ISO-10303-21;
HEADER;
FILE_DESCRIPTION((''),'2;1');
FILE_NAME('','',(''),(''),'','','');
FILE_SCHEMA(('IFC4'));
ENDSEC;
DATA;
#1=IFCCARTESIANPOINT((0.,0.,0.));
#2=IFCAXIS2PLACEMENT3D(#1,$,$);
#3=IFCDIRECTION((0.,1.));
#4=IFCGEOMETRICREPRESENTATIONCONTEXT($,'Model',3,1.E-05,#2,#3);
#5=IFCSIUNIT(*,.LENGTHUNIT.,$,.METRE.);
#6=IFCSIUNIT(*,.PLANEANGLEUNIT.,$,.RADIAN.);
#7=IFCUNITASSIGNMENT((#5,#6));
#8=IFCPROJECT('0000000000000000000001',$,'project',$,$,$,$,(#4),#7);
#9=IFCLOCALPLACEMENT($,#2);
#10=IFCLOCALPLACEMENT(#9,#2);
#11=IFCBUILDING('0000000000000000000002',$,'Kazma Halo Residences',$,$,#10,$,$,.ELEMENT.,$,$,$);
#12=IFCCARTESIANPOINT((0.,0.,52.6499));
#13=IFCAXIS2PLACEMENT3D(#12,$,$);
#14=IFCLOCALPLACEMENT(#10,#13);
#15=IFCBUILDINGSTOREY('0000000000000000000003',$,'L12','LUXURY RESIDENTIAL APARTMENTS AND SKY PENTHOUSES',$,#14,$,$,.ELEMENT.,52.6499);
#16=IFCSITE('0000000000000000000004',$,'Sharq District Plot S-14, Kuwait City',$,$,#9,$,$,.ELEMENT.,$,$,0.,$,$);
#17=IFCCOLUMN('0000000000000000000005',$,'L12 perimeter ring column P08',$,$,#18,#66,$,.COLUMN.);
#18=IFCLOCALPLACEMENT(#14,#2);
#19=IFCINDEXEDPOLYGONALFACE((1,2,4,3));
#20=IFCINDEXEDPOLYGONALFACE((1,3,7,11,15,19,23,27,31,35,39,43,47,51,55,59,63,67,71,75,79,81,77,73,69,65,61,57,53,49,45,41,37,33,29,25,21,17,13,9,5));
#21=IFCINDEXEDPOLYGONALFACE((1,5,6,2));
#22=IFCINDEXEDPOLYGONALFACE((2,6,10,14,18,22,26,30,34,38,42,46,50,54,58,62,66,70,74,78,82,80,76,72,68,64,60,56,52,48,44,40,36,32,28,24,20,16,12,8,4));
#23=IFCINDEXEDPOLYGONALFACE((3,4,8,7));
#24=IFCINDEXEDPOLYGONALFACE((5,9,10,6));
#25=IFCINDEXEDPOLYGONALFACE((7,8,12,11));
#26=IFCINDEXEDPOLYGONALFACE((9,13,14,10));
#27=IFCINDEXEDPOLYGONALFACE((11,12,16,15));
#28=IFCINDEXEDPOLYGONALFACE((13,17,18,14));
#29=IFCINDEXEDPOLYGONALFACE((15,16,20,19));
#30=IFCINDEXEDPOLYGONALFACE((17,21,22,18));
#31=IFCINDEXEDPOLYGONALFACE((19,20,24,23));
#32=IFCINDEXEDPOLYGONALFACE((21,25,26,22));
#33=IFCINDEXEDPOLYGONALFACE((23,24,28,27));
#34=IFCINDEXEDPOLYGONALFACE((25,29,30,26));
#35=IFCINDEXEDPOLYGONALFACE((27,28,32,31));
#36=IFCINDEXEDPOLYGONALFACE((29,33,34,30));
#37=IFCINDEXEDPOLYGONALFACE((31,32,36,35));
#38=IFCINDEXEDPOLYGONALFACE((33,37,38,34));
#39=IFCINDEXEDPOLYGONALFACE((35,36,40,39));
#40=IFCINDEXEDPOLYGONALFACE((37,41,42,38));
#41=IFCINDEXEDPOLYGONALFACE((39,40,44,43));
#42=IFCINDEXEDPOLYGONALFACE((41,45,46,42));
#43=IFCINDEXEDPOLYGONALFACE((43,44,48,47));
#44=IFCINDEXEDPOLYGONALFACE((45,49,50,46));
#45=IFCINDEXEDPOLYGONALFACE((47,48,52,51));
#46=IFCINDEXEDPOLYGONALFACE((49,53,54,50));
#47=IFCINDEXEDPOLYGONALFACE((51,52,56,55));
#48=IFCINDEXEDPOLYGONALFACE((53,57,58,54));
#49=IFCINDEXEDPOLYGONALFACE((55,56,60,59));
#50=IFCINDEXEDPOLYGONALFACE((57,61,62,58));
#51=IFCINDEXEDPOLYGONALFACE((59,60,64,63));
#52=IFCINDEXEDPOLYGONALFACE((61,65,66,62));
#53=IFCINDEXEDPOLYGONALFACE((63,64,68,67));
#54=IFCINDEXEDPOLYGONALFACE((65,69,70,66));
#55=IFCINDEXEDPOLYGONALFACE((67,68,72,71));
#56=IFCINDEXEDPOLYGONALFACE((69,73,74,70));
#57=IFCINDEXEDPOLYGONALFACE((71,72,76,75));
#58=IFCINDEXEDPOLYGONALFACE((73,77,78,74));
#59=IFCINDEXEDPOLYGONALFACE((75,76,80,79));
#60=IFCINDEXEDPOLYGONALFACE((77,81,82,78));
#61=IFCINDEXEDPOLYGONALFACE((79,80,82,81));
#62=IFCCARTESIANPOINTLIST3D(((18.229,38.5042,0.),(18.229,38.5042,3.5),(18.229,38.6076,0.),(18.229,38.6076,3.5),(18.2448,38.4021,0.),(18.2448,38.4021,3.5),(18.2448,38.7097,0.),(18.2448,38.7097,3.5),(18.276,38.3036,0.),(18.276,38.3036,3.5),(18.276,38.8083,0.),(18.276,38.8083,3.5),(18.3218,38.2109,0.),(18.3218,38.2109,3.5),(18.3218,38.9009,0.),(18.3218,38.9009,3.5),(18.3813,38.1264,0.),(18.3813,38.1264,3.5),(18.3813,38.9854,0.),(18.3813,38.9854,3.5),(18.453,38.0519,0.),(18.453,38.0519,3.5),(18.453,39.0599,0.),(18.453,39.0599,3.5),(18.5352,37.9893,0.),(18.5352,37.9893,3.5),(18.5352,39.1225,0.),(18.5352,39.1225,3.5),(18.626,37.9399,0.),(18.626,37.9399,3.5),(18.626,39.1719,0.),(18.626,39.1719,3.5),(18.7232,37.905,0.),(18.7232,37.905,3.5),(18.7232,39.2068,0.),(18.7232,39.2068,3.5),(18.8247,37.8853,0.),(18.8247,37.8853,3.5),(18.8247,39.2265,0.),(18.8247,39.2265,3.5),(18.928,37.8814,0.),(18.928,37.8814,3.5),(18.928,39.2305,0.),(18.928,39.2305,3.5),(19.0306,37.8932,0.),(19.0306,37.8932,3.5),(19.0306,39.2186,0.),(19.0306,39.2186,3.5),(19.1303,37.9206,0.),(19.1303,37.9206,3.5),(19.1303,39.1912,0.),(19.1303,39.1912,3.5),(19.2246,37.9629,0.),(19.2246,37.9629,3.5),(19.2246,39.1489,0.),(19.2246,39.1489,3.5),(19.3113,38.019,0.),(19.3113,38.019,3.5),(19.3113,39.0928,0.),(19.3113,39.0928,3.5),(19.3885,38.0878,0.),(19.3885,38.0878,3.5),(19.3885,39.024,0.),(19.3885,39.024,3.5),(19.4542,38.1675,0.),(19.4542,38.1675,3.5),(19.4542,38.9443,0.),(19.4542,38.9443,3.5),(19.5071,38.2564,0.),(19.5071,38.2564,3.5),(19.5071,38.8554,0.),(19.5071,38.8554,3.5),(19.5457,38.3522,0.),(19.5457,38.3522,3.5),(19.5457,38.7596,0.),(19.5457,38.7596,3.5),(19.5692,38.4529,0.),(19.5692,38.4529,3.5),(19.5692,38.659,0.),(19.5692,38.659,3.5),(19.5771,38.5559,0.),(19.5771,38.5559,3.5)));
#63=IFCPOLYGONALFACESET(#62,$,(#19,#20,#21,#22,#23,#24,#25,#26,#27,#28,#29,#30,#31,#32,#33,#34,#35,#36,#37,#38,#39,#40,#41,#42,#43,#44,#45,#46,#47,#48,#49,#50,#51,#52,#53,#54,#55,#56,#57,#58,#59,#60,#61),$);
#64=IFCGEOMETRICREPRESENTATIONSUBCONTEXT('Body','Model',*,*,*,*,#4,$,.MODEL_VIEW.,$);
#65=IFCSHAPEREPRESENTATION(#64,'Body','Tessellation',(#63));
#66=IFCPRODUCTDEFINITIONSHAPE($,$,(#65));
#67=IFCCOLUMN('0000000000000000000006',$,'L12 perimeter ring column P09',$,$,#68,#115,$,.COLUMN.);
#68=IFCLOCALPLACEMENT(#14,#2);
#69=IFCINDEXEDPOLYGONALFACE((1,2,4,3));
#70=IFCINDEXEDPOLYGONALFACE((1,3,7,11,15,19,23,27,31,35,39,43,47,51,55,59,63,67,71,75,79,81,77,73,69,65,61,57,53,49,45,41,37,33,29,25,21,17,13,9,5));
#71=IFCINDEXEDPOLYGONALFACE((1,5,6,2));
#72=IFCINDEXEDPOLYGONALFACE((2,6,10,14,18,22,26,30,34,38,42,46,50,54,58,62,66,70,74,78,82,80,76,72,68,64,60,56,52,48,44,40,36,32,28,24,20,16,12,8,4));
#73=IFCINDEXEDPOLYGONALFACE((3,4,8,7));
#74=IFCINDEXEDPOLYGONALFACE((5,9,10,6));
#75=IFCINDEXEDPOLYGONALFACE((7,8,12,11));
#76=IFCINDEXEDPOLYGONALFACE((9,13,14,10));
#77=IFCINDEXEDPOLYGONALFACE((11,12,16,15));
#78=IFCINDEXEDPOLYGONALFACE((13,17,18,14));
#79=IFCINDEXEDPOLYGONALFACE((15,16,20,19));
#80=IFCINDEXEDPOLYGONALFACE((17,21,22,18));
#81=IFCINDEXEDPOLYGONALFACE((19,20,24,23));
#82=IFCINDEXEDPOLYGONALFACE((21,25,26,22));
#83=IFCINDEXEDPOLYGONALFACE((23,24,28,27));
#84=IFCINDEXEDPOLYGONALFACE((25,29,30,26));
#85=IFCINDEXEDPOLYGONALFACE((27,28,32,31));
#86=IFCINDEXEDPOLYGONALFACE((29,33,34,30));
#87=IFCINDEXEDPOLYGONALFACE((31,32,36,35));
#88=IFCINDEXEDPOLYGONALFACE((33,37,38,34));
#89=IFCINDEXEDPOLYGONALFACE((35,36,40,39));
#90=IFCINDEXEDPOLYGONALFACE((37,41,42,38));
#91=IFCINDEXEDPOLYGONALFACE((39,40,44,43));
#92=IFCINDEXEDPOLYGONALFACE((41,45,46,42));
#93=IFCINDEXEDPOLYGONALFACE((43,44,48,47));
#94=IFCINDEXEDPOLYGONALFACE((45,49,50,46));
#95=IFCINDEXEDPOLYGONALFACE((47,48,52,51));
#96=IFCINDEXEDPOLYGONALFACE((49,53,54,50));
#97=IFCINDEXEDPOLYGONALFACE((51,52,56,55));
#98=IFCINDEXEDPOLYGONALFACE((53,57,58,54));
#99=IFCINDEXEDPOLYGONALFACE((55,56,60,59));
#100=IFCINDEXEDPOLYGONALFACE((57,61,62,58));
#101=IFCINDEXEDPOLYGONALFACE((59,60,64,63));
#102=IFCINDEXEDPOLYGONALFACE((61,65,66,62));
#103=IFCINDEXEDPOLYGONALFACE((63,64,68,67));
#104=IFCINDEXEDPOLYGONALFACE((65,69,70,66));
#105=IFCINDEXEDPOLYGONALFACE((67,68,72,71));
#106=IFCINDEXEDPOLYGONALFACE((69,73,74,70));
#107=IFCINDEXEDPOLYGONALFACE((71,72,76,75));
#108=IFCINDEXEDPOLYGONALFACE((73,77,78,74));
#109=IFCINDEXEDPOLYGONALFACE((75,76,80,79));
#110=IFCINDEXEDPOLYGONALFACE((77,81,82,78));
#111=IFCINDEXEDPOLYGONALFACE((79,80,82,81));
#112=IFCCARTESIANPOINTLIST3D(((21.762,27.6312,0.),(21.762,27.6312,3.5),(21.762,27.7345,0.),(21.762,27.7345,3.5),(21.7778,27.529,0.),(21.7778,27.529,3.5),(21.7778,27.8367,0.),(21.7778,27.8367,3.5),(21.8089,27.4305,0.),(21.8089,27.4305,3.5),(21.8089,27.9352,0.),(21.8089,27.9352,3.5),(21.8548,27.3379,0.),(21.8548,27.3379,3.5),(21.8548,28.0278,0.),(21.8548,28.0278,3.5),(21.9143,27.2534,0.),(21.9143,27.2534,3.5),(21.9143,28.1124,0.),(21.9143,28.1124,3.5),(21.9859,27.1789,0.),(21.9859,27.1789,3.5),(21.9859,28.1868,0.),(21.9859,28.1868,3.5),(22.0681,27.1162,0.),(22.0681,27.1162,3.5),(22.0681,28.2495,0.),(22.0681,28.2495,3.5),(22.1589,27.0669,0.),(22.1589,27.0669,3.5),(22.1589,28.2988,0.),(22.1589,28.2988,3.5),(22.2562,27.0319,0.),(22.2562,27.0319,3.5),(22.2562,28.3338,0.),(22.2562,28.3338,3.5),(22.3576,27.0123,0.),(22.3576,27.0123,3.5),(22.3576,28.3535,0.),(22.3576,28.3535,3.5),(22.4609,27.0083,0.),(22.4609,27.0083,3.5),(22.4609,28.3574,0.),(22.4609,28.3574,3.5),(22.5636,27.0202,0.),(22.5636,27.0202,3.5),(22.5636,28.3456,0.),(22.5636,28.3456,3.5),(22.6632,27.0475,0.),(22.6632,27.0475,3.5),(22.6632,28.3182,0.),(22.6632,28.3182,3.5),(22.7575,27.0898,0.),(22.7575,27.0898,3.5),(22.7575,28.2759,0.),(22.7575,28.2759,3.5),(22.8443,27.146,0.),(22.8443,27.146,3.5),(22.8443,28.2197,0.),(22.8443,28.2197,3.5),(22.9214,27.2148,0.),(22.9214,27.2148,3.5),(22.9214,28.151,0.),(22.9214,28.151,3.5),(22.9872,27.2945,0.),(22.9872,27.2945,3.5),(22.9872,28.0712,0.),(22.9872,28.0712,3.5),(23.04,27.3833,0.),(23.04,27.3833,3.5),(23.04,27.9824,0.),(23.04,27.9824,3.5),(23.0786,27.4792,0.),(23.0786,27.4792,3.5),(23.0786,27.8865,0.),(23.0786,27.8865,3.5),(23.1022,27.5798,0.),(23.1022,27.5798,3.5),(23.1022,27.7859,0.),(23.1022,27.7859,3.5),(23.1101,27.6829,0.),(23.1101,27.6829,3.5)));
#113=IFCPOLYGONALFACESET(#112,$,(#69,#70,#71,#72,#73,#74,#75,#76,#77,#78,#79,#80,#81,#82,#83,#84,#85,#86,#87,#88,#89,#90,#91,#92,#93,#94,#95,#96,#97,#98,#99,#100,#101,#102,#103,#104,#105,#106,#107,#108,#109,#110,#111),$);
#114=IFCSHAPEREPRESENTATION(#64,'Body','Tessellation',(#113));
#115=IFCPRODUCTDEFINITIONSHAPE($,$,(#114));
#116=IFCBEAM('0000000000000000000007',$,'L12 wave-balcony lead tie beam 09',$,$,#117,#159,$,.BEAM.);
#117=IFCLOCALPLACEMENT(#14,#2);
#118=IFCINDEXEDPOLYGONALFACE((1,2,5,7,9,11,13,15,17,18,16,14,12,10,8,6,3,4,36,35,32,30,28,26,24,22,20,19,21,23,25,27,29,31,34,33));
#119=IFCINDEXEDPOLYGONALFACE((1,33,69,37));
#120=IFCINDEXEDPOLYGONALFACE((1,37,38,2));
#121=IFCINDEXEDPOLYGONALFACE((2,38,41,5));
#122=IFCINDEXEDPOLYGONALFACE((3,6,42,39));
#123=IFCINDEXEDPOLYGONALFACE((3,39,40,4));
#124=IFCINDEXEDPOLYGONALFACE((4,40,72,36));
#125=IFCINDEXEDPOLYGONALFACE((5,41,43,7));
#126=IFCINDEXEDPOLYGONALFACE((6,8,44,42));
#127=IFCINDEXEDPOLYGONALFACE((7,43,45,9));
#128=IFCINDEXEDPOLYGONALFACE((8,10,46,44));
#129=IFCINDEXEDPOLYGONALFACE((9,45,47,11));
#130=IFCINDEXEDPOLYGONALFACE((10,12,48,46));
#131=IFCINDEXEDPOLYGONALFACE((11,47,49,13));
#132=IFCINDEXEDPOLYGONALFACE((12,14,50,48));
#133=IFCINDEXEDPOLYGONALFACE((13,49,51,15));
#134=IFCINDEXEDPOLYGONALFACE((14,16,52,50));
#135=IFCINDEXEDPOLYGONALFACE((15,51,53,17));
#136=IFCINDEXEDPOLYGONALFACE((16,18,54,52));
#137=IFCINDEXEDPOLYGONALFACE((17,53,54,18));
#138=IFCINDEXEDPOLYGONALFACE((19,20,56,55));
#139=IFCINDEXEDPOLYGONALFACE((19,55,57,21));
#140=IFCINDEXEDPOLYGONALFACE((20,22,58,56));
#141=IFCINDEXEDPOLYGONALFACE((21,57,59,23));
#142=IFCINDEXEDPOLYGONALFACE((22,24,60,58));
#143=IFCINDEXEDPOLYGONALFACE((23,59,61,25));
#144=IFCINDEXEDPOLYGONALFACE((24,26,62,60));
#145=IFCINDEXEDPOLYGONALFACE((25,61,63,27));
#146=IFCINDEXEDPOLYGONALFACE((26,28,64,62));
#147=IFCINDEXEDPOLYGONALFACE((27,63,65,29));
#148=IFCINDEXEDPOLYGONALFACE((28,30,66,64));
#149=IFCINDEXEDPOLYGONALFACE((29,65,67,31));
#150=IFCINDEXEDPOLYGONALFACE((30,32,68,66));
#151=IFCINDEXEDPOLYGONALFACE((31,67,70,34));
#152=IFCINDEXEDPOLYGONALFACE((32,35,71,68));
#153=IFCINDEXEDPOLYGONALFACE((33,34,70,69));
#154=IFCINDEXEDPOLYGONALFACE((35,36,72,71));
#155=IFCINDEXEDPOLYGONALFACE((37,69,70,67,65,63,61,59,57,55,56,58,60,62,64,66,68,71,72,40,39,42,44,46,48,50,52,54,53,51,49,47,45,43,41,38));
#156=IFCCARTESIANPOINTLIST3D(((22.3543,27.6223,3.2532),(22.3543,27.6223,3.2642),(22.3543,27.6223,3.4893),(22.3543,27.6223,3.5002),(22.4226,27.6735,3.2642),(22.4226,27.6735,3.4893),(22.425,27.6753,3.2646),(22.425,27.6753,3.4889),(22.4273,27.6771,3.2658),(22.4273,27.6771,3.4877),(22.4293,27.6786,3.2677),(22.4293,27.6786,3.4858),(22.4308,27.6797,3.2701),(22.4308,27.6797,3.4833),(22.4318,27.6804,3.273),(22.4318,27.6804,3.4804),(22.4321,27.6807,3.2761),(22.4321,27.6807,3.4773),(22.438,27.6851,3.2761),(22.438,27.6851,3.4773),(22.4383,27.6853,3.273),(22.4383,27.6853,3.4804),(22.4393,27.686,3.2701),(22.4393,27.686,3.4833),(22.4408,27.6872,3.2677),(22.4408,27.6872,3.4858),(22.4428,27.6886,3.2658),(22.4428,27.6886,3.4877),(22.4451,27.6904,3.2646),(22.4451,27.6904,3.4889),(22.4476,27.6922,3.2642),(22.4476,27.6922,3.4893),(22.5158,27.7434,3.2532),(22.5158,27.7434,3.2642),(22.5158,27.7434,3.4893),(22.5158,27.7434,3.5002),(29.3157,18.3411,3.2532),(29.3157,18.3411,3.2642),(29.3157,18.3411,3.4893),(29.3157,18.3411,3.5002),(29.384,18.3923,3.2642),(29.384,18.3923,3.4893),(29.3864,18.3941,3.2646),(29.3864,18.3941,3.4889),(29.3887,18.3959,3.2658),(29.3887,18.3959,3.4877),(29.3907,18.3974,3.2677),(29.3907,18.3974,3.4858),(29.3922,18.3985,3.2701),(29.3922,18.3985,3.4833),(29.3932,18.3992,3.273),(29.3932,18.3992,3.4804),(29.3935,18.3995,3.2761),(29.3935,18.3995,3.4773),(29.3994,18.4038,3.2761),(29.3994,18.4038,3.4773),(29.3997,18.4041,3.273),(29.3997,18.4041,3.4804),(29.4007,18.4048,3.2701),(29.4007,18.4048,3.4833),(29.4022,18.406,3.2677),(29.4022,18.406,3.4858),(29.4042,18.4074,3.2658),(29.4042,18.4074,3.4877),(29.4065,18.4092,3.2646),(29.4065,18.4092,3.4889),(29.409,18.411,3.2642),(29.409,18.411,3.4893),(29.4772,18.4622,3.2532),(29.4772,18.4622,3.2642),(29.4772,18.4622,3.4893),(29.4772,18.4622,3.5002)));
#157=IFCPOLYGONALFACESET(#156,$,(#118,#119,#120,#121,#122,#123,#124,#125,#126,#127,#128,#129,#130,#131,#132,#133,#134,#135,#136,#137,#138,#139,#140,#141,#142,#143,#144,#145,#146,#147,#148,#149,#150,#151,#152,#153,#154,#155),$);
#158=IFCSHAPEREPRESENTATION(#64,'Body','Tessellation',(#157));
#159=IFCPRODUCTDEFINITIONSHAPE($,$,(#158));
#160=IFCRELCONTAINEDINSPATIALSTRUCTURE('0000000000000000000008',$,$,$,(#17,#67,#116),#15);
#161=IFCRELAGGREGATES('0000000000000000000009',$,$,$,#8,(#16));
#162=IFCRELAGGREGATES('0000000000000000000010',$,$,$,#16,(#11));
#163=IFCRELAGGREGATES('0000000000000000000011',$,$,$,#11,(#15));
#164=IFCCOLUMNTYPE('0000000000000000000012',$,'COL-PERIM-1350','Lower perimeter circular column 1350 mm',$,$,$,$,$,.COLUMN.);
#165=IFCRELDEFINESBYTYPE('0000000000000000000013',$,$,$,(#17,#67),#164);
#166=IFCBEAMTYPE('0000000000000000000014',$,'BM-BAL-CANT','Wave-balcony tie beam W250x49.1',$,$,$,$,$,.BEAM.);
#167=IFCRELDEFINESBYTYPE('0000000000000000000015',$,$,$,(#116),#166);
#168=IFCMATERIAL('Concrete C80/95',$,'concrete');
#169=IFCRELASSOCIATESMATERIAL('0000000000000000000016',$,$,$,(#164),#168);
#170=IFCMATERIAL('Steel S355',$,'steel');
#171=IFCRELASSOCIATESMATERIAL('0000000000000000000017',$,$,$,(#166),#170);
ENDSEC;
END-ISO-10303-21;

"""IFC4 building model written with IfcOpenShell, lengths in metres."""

from ifc_helpers import new_model, si_unit, direction, frame, origin, origin_2d, place, context, subcontext, project, spatial, circle, i_section, extrude, material, material_profile, profile_set, type_object, element, save


model = new_model("IFC4")

# Units and contexts
model_context = context("Model", 3, precision=1e-05, world=origin(), true_north=direction((0.0, 1.0)))
body_context = subcontext(model_context, "Body", "Model", "MODEL_VIEW")
ifc_project = project(units=[si_unit("LENGTHUNIT", "METRE"), si_unit("PLANEANGLEUNIT", "RADIAN")], contexts=[model_context])

# Site, building, storey
site_placement = place(None, origin())
site = spatial("IfcSite", under=ifc_project, at=site_placement, Name="Sharq District Plot S-14, Kuwait City", CompositionType="ELEMENT", RefElevation=0.0)
building_placement = place(site_placement, origin())
building = spatial("IfcBuilding", under=site, at=building_placement, Name="Kazma Halo Residences", CompositionType="ELEMENT")
storey_placement = place(building_placement, frame((0.0, 0.0, 52.6499)))
storey = spatial("IfcBuildingStorey", under=building, at=storey_placement, Name="L12", Description="LUXURY RESIDENTIAL APARTMENTS AND SKY PENTHOUSES", CompositionType="ELEMENT", Elevation=52.6499)

# Columns
ifc_material_1 = material(Name="Concrete C80/95", Category="concrete")
ifc_material_profile_1 = material_profile(ifc_material_1, circle(Radius=0.675, at=origin_2d()), Name="CIRC1350")
ifc_profile_set_1 = profile_set([ifc_material_profile_1], Name="Concrete C80/95")
column_type = type_object("IfcColumnType", Name="COL-PERIM-1350", Description="Lower perimeter circular column 1350 mm", PredefinedType="COLUMN", material=ifc_profile_set_1)
for number, where, z_axis, x_axis, name in (
    (1, (18.9021, 38.5559, 0.0), (0.0, 0.0, 1.0), (1.0, 0.0, 0.0), "L12 perimeter ring column P08"),
    (2, (22.4351, 27.6829, 0.0), (0.0, 0.0, 1.0), (1.0, 0.0, 0.0), "L12 perimeter ring column P09"),
):
    element("IfcColumn", number, at=place(storey_placement, frame(where, z_axis=z_axis, x_axis=x_axis)), inside=storey, type_object=column_type, Name=name, PredefinedType="COLUMN", context=body_context, shape_type="SweptSolid", body=[
        extrude(circle(Radius=0.675, at=origin_2d()), origin(), (0.0, 0.0, 1.0), 3.5),
    ])

# Beam
ifc_material_2 = material(Name="Steel S355", Category="steel")
ifc_material_profile_2 = material_profile(ifc_material_2, i_section(OverallWidth=0.2019, OverallDepth=0.2471, WebThickness=0.0073, FlangeThickness=0.011, FilletRadius=0.012, at=origin_2d()), Name="W250x49.1")
ifc_profile_set_2 = profile_set([ifc_material_profile_2], Name="Steel S355")
beam_type_1 = type_object("IfcBeamType", Name="BM-BAL-CANT", Description="Wave-balcony tie beam W250x49.1", PredefinedType="BEAM", material=ifc_profile_set_2)
beam_1_placement = place(storey_placement, frame((22.4351, 27.6829, 3.3767), z_axis=(0.600027, -0.79998, 0.0), x_axis=(0.79998, 0.600027, 0.0)))
element("IfcBeam", 3, at=beam_1_placement, inside=storey, type_object=beam_type_1, Name="L12 wave-balcony lead tie beam 09", PredefinedType="BEAM", context=body_context, shape_type="SweptSolid", body=[
    extrude(i_section(OverallWidth=0.2019, OverallDepth=0.2471, WebThickness=0.0073, FlangeThickness=0.011, FilletRadius=0.012, at=origin_2d()), origin(), (0.0, 0.0, 1.0), 11.6018),
])

save(model, "model.ifc")
